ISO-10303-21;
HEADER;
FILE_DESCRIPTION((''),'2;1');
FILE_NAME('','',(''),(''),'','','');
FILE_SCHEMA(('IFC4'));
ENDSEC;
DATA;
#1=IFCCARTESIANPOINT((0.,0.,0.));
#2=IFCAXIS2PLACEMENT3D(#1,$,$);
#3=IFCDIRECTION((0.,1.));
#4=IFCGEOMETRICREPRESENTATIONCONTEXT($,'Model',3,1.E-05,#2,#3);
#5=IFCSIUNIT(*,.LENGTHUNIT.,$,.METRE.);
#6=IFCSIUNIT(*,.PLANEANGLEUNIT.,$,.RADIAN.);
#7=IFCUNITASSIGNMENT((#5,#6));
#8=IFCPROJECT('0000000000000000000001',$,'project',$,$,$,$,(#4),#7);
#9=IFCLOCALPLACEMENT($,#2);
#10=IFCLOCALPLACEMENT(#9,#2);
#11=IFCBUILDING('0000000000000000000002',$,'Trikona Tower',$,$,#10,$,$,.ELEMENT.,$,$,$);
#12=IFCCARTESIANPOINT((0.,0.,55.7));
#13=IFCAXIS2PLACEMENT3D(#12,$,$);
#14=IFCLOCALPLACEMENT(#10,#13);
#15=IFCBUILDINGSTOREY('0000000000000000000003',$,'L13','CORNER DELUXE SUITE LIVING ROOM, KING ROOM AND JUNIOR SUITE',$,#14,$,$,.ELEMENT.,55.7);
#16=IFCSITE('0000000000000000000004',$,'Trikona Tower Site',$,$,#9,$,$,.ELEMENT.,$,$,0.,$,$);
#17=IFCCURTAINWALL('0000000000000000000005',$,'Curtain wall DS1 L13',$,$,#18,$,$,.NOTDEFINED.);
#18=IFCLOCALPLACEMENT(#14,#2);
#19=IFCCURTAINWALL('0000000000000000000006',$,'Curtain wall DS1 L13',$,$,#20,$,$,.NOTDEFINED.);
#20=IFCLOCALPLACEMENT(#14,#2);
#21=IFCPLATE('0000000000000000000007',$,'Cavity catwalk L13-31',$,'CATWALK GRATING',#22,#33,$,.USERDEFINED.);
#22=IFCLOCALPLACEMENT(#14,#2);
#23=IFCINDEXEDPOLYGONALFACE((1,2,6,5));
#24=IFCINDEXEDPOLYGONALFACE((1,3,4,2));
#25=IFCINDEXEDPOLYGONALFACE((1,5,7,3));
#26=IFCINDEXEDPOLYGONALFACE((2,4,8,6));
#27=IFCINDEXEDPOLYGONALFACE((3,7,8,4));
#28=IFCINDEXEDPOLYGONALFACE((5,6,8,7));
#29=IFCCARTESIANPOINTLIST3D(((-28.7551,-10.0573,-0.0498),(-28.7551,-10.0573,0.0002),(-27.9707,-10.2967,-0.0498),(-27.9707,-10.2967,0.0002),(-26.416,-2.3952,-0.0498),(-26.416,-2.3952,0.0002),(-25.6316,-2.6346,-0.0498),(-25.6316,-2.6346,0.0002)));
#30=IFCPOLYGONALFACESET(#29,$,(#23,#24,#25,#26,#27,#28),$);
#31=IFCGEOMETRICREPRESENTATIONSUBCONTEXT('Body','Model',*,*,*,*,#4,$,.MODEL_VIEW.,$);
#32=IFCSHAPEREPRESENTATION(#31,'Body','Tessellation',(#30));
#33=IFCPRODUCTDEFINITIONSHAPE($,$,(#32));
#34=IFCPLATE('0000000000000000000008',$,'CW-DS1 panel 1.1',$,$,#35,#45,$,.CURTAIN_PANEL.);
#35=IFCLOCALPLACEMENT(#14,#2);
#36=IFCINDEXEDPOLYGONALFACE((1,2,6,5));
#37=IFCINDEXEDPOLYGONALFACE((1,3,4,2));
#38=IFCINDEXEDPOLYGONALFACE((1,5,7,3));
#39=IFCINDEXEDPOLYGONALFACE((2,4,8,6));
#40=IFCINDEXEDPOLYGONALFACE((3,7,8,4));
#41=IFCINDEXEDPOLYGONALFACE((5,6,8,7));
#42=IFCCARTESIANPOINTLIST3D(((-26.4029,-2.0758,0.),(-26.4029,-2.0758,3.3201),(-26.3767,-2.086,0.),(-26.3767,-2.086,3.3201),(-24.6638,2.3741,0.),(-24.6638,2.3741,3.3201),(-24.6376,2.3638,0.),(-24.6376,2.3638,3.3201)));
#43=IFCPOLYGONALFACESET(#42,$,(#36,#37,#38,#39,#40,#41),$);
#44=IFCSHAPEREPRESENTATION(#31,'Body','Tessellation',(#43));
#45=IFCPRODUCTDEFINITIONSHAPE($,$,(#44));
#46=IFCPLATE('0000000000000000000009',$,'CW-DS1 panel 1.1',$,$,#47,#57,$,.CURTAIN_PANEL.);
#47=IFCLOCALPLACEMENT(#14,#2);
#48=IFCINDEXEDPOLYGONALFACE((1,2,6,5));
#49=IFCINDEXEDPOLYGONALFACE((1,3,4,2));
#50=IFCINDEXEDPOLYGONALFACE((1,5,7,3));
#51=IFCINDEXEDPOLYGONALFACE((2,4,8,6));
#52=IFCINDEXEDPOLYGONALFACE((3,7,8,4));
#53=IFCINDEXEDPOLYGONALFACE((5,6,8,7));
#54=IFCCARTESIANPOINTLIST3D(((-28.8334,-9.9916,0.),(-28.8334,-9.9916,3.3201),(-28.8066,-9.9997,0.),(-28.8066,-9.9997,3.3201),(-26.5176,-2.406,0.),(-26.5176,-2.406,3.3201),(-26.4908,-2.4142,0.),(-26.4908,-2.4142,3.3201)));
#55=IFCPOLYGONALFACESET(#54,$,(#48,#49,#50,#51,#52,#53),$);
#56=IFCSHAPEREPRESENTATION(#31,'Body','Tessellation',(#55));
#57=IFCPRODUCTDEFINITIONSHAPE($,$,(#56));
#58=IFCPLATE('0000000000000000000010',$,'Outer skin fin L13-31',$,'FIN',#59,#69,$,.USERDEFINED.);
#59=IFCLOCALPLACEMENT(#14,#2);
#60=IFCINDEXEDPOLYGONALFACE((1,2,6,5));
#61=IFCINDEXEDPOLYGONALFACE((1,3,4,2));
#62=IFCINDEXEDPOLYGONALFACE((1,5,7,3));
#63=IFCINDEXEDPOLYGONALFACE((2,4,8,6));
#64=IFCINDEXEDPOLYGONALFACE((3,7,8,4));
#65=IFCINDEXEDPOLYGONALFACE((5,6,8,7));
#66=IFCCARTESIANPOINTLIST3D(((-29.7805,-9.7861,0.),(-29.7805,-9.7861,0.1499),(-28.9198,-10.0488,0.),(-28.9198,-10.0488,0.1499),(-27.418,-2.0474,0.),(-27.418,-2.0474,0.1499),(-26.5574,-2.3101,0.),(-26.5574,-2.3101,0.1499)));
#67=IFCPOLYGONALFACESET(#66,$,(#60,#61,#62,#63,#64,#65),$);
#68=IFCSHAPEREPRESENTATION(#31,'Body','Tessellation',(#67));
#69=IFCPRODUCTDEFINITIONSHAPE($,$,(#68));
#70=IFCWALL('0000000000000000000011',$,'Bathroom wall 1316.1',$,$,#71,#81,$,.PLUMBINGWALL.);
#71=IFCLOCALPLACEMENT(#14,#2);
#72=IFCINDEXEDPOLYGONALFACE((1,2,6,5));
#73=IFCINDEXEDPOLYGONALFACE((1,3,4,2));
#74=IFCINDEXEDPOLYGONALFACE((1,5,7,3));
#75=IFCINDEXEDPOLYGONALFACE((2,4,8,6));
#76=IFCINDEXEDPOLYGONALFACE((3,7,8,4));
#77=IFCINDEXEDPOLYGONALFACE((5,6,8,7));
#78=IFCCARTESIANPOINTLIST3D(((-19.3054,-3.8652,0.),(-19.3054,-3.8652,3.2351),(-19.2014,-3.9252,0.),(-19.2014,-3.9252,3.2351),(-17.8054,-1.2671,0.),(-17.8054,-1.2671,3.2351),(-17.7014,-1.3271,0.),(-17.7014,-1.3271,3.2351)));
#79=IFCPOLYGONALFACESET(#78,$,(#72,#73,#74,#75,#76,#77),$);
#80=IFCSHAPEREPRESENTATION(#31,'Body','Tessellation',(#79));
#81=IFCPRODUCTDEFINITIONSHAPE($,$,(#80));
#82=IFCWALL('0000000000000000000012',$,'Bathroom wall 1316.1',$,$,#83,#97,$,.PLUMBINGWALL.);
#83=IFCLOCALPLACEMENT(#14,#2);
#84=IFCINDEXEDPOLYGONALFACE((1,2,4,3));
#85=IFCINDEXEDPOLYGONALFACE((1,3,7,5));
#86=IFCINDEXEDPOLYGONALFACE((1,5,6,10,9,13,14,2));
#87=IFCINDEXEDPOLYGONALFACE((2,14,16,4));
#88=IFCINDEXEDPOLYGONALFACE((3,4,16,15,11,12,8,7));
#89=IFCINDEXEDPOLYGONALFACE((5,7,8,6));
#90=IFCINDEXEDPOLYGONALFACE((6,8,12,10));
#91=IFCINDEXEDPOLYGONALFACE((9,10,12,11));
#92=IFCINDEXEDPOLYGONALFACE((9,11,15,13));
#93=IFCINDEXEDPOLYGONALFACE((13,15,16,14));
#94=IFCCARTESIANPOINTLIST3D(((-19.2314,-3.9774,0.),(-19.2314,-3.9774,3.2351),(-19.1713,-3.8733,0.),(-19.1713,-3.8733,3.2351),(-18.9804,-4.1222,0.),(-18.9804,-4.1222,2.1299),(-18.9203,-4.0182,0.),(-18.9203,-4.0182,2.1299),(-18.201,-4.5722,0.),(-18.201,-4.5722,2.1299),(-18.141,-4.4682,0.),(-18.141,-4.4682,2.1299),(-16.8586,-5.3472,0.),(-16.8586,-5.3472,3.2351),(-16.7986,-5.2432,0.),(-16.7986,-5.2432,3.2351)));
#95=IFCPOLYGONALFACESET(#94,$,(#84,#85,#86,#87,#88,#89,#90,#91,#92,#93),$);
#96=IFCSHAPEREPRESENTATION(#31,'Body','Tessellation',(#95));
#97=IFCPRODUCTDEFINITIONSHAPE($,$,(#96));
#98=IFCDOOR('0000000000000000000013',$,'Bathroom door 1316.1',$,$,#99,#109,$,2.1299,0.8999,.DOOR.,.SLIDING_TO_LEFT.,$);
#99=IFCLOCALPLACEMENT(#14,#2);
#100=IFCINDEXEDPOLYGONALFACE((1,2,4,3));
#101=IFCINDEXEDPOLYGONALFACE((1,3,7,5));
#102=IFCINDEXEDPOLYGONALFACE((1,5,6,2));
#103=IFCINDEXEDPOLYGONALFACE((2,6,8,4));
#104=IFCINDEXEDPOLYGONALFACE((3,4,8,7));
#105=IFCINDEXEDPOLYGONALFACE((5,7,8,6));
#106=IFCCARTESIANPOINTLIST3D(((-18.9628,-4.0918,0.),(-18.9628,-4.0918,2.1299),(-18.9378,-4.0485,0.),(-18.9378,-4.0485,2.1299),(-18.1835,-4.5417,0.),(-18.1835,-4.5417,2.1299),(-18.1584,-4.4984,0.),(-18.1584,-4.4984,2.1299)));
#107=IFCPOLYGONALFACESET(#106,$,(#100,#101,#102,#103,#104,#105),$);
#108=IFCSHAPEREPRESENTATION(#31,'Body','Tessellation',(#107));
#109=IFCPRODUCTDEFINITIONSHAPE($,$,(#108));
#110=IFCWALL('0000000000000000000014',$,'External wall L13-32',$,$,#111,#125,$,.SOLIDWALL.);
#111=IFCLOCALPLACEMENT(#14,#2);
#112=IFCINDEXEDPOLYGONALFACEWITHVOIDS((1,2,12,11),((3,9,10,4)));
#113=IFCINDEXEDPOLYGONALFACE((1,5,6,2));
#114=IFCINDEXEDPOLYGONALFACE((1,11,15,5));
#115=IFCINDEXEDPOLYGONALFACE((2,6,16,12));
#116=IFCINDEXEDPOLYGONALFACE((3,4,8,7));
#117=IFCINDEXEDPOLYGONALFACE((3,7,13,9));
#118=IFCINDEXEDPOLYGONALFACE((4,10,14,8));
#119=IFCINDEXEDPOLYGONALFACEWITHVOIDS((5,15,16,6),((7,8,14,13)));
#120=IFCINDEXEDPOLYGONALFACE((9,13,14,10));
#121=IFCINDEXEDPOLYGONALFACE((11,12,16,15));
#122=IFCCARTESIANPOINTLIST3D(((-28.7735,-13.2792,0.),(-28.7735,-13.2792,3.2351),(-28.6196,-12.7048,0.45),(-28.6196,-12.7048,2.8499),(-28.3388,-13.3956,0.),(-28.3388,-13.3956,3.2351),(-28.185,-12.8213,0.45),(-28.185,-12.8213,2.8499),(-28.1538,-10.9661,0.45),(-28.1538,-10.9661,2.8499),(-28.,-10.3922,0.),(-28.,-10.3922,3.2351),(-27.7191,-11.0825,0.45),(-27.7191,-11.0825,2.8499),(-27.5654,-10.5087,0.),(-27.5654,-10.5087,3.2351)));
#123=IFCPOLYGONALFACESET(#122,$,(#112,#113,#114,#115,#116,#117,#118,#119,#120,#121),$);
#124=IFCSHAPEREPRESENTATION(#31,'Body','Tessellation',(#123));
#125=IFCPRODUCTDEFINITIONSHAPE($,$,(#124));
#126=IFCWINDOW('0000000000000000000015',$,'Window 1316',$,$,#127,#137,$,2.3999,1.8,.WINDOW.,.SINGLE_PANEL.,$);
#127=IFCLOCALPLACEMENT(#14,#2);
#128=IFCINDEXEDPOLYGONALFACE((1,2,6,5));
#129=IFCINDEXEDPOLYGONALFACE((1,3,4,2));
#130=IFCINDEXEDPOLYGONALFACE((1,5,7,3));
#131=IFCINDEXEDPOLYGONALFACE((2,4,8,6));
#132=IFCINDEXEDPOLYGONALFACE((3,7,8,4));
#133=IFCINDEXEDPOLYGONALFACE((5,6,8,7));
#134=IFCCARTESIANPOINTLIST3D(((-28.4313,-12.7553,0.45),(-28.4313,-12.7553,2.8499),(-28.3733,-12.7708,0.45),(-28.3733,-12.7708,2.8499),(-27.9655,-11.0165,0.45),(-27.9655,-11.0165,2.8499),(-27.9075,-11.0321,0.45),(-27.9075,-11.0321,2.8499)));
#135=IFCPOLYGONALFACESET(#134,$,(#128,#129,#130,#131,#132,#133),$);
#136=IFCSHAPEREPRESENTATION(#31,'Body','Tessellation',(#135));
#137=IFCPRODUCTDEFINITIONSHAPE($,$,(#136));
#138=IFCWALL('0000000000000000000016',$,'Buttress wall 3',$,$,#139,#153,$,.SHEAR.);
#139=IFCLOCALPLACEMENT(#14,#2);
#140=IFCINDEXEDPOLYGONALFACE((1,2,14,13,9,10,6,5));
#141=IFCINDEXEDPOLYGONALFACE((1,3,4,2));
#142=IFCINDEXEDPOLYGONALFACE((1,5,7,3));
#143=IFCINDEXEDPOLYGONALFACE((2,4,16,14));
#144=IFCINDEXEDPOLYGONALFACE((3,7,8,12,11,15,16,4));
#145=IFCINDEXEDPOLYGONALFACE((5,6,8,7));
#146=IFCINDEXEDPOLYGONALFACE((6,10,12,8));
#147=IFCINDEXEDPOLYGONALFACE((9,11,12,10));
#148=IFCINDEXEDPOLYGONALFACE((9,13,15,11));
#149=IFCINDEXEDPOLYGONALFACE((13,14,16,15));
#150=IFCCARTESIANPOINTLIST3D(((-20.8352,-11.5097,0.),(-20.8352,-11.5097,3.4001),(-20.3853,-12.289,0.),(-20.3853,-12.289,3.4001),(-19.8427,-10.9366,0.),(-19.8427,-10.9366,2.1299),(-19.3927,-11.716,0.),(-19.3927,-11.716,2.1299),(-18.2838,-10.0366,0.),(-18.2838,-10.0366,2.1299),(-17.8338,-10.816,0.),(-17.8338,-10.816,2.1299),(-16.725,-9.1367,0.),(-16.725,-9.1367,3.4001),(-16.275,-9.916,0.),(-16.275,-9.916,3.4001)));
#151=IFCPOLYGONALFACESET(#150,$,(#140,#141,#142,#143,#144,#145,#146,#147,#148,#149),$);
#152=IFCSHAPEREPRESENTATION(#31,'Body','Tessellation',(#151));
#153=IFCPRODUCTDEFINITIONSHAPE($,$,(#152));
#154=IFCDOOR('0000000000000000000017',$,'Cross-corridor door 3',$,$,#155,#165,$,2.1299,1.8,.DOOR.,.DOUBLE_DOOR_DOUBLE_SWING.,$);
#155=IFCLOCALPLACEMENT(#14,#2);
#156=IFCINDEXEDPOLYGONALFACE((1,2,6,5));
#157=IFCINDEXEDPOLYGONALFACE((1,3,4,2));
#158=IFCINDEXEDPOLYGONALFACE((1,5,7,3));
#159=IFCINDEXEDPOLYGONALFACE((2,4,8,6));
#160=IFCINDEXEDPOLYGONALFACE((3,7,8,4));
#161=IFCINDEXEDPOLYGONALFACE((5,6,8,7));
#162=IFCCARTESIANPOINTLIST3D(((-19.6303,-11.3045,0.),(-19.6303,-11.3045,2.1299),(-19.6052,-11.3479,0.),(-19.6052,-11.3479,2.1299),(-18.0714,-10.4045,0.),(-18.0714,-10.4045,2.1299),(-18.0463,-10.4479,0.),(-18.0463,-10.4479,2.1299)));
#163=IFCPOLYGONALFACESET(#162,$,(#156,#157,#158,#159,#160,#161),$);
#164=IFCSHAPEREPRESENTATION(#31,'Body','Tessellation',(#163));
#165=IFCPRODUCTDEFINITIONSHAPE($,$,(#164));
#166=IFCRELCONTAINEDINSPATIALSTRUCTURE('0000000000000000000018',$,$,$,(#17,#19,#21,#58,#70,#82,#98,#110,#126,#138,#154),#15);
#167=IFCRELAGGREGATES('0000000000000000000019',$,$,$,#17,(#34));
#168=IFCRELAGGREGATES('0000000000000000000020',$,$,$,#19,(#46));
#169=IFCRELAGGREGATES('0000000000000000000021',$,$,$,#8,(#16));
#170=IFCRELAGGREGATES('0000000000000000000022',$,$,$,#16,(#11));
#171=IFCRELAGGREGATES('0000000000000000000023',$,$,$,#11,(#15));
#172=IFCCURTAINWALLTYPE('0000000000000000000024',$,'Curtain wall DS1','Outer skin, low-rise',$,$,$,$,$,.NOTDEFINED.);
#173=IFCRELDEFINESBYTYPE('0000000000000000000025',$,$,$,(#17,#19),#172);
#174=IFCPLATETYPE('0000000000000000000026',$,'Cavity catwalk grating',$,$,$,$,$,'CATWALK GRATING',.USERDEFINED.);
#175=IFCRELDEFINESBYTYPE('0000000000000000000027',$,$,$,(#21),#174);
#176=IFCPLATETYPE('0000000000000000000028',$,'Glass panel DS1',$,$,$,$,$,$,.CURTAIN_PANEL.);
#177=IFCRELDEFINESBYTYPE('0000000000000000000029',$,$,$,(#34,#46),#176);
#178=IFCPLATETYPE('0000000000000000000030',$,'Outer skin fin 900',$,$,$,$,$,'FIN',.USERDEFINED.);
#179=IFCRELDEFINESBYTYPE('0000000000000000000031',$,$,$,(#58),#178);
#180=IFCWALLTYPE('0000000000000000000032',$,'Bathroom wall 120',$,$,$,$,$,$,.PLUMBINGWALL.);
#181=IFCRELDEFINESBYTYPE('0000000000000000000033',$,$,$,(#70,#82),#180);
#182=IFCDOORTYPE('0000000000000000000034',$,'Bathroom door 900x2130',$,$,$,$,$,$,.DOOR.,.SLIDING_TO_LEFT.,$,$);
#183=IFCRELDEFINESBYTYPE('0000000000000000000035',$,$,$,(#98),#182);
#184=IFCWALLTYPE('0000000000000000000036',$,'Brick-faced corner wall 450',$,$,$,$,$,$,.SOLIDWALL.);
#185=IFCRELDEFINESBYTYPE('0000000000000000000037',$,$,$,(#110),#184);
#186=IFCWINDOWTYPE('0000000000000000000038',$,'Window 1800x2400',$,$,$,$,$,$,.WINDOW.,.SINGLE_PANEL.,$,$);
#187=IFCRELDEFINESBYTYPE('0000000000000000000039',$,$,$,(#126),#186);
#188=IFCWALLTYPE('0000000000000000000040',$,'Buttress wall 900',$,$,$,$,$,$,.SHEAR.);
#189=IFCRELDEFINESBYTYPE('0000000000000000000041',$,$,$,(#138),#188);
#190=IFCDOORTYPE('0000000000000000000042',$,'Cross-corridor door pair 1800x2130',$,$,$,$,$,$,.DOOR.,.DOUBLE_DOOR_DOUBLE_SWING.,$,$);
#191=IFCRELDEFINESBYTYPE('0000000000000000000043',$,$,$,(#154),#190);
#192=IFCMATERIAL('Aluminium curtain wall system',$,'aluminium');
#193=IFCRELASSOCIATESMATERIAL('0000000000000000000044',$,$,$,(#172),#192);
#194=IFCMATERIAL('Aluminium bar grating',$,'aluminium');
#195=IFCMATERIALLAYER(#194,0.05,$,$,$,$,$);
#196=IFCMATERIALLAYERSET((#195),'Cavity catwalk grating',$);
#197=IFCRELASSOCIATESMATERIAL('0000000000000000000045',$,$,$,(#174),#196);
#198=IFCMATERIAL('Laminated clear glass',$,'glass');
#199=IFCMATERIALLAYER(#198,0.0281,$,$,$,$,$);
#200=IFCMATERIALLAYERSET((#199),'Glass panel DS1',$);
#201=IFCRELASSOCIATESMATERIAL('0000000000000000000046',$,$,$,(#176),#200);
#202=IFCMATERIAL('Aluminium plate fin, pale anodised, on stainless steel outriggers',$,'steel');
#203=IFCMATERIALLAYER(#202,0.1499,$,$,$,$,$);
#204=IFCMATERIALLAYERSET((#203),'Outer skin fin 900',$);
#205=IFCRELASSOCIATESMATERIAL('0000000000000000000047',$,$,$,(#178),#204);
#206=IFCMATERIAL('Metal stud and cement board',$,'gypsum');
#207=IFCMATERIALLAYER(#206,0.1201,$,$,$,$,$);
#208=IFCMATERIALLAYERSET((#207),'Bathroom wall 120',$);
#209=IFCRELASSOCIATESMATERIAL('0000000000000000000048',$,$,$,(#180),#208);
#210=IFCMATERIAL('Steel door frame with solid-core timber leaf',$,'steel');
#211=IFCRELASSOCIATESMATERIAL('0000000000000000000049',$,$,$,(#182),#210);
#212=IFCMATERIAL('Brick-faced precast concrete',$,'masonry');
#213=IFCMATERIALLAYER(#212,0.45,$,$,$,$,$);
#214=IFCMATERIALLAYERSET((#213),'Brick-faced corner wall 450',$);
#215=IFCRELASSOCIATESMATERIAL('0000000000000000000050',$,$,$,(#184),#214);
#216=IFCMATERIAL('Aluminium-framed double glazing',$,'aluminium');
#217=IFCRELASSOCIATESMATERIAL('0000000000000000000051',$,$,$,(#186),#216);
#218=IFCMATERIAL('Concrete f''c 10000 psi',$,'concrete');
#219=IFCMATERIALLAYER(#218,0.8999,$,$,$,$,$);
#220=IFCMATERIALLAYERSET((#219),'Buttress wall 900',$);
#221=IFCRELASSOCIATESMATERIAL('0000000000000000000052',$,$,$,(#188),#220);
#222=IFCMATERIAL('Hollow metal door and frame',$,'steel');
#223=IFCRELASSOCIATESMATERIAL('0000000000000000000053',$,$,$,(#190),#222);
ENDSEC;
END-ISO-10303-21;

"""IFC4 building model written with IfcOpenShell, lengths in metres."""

from ifc_helpers import new_model, si_unit, direction, frame, frame_2d, origin, origin_2d, place, context, subcontext, project, spatial, rectangle, extrude, material, layer, layer_set, type_object, element, fill, aggregate, save


model = new_model("IFC4")

# Units and contexts
model_context = context("Model", 3, precision=1e-05, world=origin(), true_north=direction((0.0, 1.0)))
body_context = subcontext(model_context, "Body", "Model", "MODEL_VIEW")
ifc_project = project(units=[si_unit("LENGTHUNIT", "METRE"), si_unit("PLANEANGLEUNIT", "RADIAN")], contexts=[model_context])

# Site, building, storey
site_placement = place(None, origin())
site = spatial("IfcSite", under=ifc_project, at=site_placement, Name="Trikona Tower Site", CompositionType="ELEMENT", RefElevation=0.0)
building_placement = place(site_placement, origin())
building = spatial("IfcBuilding", under=site, at=building_placement, Name="Trikona Tower", CompositionType="ELEMENT")
storey_placement = place(building_placement, frame((0.0, 0.0, 55.7)))
storey = spatial("IfcBuildingStorey", under=building, at=storey_placement, Name="L13", Description="CORNER DELUXE SUITE LIVING ROOM, KING ROOM AND JUNIOR SUITE", CompositionType="ELEMENT", Elevation=55.7)

# Curtain wall
ifc_material_1 = material(Name="Aluminium curtain wall system", Category="aluminium")
curtain_wall_type = type_object("IfcCurtainWallType", Name="Curtain wall DS1", Description="Outer skin, low-rise", PredefinedType="NOTDEFINED", material=ifc_material_1)
curtain_wall_1_placement = place(storey_placement, origin())
curtain_wall_1 = element("IfcCurtainWall", 1, at=curtain_wall_1_placement, inside=storey, type_object=curtain_wall_type, Name="Curtain wall DS1 L13", PredefinedType="NOTDEFINED")

# Curtain wall
curtain_wall_2_placement = place(storey_placement, origin())
curtain_wall_2 = element("IfcCurtainWall", 2, at=curtain_wall_2_placement, inside=storey, type_object=curtain_wall_type, Name="Curtain wall DS1 L13", PredefinedType="NOTDEFINED")

# Plate
ifc_material_2 = material(Name="Aluminium bar grating", Category="aluminium")
ifc_layer_1 = layer(ifc_material_2, 0.05)
ifc_layer_set_1 = layer_set([ifc_layer_1], Name="Cavity catwalk grating")
plate_type_1 = type_object("IfcPlateType", Name="Cavity catwalk grating", ElementType="CATWALK GRATING", PredefinedType="USERDEFINED", material=ifc_layer_set_1)
plate_1_placement = place(storey_placement, frame((-27.1934, -6.3459, -0.0498), z_axis=(0.0, 0.0, 1.0), x_axis=(-0.291979, -0.956425, 0.0)))
element("IfcPlate", 3, at=plate_1_placement, inside=storey, type_object=plate_type_1, Name="Cavity catwalk L13-31", ObjectType="CATWALK GRATING", PredefinedType="USERDEFINED", context=body_context, shape_type="SweptSolid", body=[
    extrude(rectangle(XDim=8.0112, YDim=0.8201, at=origin_2d()), origin(), (0.0, 0.0, 1.0), 0.05),
])

# Plates
ifc_material_3 = material(Name="Laminated clear glass", Category="glass")
ifc_layer_2 = layer(ifc_material_3, 0.0281)
ifc_layer_set_2 = layer_set([ifc_layer_2], Name="Glass panel DS1")
plate_type_2 = type_object("IfcPlateType", Name="Glass panel DS1", PredefinedType="CURTAIN_PANEL", material=ifc_layer_set_2)
plate_2_placement = place(storey_placement, frame((-25.5203, 0.144, 0.0), z_axis=(0.0, 0.0, 1.0), x_axis=(-0.364008, -0.931396, 0.0)))
plate_2 = element("IfcPlate", 4, at=plate_2_placement, type_object=plate_type_2, Name="CW-DS1 panel 1.1", PredefinedType="CURTAIN_PANEL", context=body_context, shape_type="SweptSolid", body=[
    extrude(rectangle(XDim=4.7776, YDim=0.0281, at=origin_2d()), origin(), (0.0, 0.0, 1.0), 3.3201),
])
aggregate(curtain_wall_1, [plate_2])
plate_3_placement = place(storey_placement, frame((-27.6621, -6.2029, 0.0), z_axis=(0.0, 0.0, 1.0), x_axis=(-0.291984, -0.956423, 0.0)))
plate_3 = element("IfcPlate", 5, at=plate_3_placement, type_object=plate_type_2, Name="CW-DS1 panel 1.1", PredefinedType="CURTAIN_PANEL", context=body_context, shape_type="SweptSolid", body=[
    extrude(rectangle(XDim=7.9312, YDim=0.0281, at=origin_2d()), origin(), (0.0, 0.0, 1.0), 3.3201),
])
aggregate(curtain_wall_2, [plate_3])
ifc_material_4 = material(Name="Aluminium plate fin, pale anodised, on stainless steel outriggers", Category="steel")
ifc_layer_3 = layer(ifc_material_4, 0.1499)
ifc_layer_set_3 = layer_set([ifc_layer_3], Name="Outer skin fin 900")
plate_type_3 = type_object("IfcPlateType", Name="Outer skin fin 900", ElementType="FIN", PredefinedType="USERDEFINED", material=ifc_layer_set_3)
plate_4_placement = place(storey_placement, frame((-28.1689, -6.0481, 0.0), z_axis=(0.0, 0.0, 1.0), x_axis=(-0.291979, -0.956425, 0.0)))
element("IfcPlate", 6, at=plate_4_placement, inside=storey, type_object=plate_type_3, Name="Outer skin fin L13-31", ObjectType="FIN", PredefinedType="USERDEFINED", context=body_context, shape_type="SweptSolid", body=[
    extrude(rectangle(XDim=8.0913, YDim=0.8999, at=origin_2d()), origin(), (0.0, 0.0, 1.0), 0.1499),
])

# Wall
ifc_material_5 = material(Name="Metal stud and cement board", Category="gypsum")
ifc_layer_4 = layer(ifc_material_5, 0.1201)
ifc_layer_set_4 = layer_set([ifc_layer_4], Name="Bathroom wall 120")
wall_type_1 = type_object("IfcWallType", Name="Bathroom wall 120", PredefinedType="PLUMBINGWALL", material=ifc_layer_set_4)
wall_1_placement = place(storey_placement, frame((-17.7534, -1.2971, 0.0), z_axis=(0.0, 0.0, 1.0), x_axis=(-0.49999, -0.866031, 0.0)))
element("IfcWall", 7, at=wall_1_placement, inside=storey, type_object=wall_type_1, Name="Bathroom wall 1316.1", PredefinedType="PLUMBINGWALL", context=body_context, shape_type="SweptSolid", body=[
    extrude(rectangle(XDim=3.0, YDim=0.1201, at=frame_2d((1.5, 0.0))), origin(), (0.0, 0.0, 1.0), 3.2351),
])

# Wall, opening, door
wall_2_placement = place(storey_placement, frame((-16.8286, -5.2952, 0.0), z_axis=(0.0, 0.0, 1.0), x_axis=(-0.866036, 0.499982, 0.0)))
wall_2 = element("IfcWall", 8, at=wall_2_placement, inside=storey, type_object=wall_type_1, Name="Bathroom wall 1316.1", PredefinedType="PLUMBINGWALL", context=body_context, shape_type="SweptSolid", body=[
    extrude(rectangle(XDim=2.7397, YDim=0.1201, at=frame_2d((1.3699, 0.0))), origin(), (0.0, 0.0, 1.0), 3.2351),
])
opening_1_placement = place(wall_2_placement, frame((1.55, 0.0, 0.0)))
opening_1 = element("IfcOpeningElement", 9, at=opening_1_placement, cuts=wall_2, PredefinedType="OPENING", context=body_context, shape_type="SweptSolid", body=[
    extrude(rectangle(XDim=0.8999, YDim=2.1299, at=frame_2d((0.45, 1.0649))), frame((0.0, 0.0701, 0.0), z_axis=(0.0, -1.0, 0.0), x_axis=(1.0, 0.0, 0.0)), (0.0, 0.0, 1.0), 0.1401),
])
ifc_material_6 = material(Name="Steel door frame with solid-core timber leaf", Category="steel")
door_type_1 = type_object("IfcDoorType", Name="Bathroom door 900x2130", OperationType="SLIDING_TO_LEFT", PredefinedType="DOOR", material=ifc_material_6)
door_1_placement = place(opening_1_placement, origin())
door_1 = element("IfcDoor", 10, at=door_1_placement, inside=storey, type_object=door_type_1, Name="Bathroom door 1316.1", OperationType="SLIDING_TO_LEFT", OverallHeight=2.1299, OverallWidth=0.8999, PredefinedType="DOOR", context=body_context, shape_type="SweptSolid", body=[
    extrude(rectangle(XDim=0.8999, YDim=2.1299, at=frame_2d((0.45, 1.0649))), frame((0.0, 0.0249, 0.0), z_axis=(0.0, -1.0, 0.0), x_axis=(1.0, 0.0, 0.0)), (0.0, 0.0, 1.0), 0.05),
])
fill(opening_1, door_1)

# Wall, opening, window
ifc_material_7 = material(Name="Brick-faced precast concrete", Category="masonry")
ifc_layer_5 = layer(ifc_material_7, 0.45)
ifc_layer_set_5 = layer_set([ifc_layer_5], Name="Brick-faced corner wall 450")
wall_type_2 = type_object("IfcWallType", Name="Brick-faced corner wall 450", PredefinedType="SOLIDWALL", material=ifc_layer_set_5)
wall_3_placement = place(storey_placement, frame((-27.7827, -10.4504, 0.0), z_axis=(0.0, 0.0, 1.0), x_axis=(-0.258781, -0.965936, 0.0)))
wall_3 = element("IfcWall", 11, at=wall_3_placement, inside=storey, type_object=wall_type_2, Name="External wall L13-32", PredefinedType="SOLIDWALL", context=body_context, shape_type="SweptSolid", body=[
    extrude(rectangle(XDim=2.9888, YDim=0.45, at=frame_2d((1.4944, 0.0))), origin(), (0.0, 0.0, 1.0), 3.2351),
])
opening_2_placement = place(wall_3_placement, frame((0.5942, 0.0, 0.45)))
opening_2 = element("IfcOpeningElement", 12, at=opening_2_placement, cuts=wall_3, PredefinedType="OPENING", context=body_context, shape_type="SweptSolid", body=[
    extrude(rectangle(XDim=1.8, YDim=2.3999, at=frame_2d((0.8999, 1.2))), frame((0.0, 0.2349, 0.0), z_axis=(0.0, -1.0, 0.0), x_axis=(1.0, 0.0, 0.0)), (0.0, 0.0, 1.0), 0.47),
])
ifc_material_8 = material(Name="Aluminium-framed double glazing", Category="aluminium")
window_type_1 = type_object("IfcWindowType", Name="Window 1800x2400", PartitioningType="SINGLE_PANEL", PredefinedType="WINDOW", material=ifc_material_8)
window_1_placement = place(opening_2_placement, origin())
window_1 = element("IfcWindow", 13, at=window_1_placement, inside=storey, type_object=window_type_1, Name="Window 1316", OverallHeight=2.3999, OverallWidth=1.8, PartitioningType="SINGLE_PANEL", PredefinedType="WINDOW", context=body_context, shape_type="SweptSolid", body=[
    extrude(rectangle(XDim=1.8, YDim=2.3999, at=frame_2d((0.8999, 1.2))), frame((0.0, 0.03, 0.0), z_axis=(0.0, -1.0, 0.0), x_axis=(1.0, 0.0, 0.0)), (0.0, 0.0, 1.0), 0.0601),
])
fill(opening_2, window_1)

# Wall, opening, door
ifc_material_9 = material(Name="Concrete f'c 10000 psi", Category="concrete")
ifc_layer_6 = layer(ifc_material_9, 0.8999)
ifc_layer_set_6 = layer_set([ifc_layer_6], Name="Buttress wall 900")
wall_type_3 = type_object("IfcWallType", Name="Buttress wall 900", PredefinedType="SHEAR", material=ifc_layer_set_6)
wall_4_placement = place(storey_placement, frame((-16.5, -9.5264, 0.0), z_axis=(0.0, 0.0, 1.0), x_axis=(-0.866031, -0.49999, 0.0)))
wall_4 = element("IfcWall", 14, at=wall_4_placement, inside=storey, type_object=wall_type_3, Name="Buttress wall 3", PredefinedType="SHEAR", context=body_context, shape_type="SweptSolid", body=[
    extrude(rectangle(XDim=4.7461, YDim=0.8999, at=frame_2d((2.373, 0.0))), origin(), (0.0, 0.0, 1.0), 3.4001),
])
opening_3_placement = place(wall_4_placement, frame((1.8, 0.0, 0.0)))
opening_3 = element("IfcOpeningElement", 15, at=opening_3_placement, cuts=wall_4, PredefinedType="OPENING", context=body_context, shape_type="SweptSolid", body=[
    extrude(rectangle(XDim=1.8, YDim=2.1299, at=frame_2d((0.8999, 1.0649))), frame((0.0, 0.46, 0.0), z_axis=(0.0, -1.0, 0.0), x_axis=(1.0, 0.0, 0.0)), (0.0, 0.0, 1.0), 0.9199),
])
ifc_material_10 = material(Name="Hollow metal door and frame", Category="steel")
door_type_2 = type_object("IfcDoorType", Name="Cross-corridor door pair 1800x2130", OperationType="DOUBLE_DOOR_DOUBLE_SWING", PredefinedType="DOOR", material=ifc_material_10)
door_2_placement = place(opening_3_placement, origin())
door_2 = element("IfcDoor", 16, at=door_2_placement, inside=storey, type_object=door_type_2, Name="Cross-corridor door 3", OperationType="DOUBLE_DOOR_DOUBLE_SWING", OverallHeight=2.1299, OverallWidth=1.8, PredefinedType="DOOR", context=body_context, shape_type="SweptSolid", body=[
    extrude(rectangle(XDim=1.8, YDim=2.1299, at=frame_2d((0.8999, 1.0649))), frame((0.0, 0.0249, 0.0), z_axis=(0.0, -1.0, 0.0), x_axis=(1.0, 0.0, 0.0)), (0.0, 0.0, 1.0), 0.05),
])
fill(opening_3, door_2)

save(model, "model.ifc")
